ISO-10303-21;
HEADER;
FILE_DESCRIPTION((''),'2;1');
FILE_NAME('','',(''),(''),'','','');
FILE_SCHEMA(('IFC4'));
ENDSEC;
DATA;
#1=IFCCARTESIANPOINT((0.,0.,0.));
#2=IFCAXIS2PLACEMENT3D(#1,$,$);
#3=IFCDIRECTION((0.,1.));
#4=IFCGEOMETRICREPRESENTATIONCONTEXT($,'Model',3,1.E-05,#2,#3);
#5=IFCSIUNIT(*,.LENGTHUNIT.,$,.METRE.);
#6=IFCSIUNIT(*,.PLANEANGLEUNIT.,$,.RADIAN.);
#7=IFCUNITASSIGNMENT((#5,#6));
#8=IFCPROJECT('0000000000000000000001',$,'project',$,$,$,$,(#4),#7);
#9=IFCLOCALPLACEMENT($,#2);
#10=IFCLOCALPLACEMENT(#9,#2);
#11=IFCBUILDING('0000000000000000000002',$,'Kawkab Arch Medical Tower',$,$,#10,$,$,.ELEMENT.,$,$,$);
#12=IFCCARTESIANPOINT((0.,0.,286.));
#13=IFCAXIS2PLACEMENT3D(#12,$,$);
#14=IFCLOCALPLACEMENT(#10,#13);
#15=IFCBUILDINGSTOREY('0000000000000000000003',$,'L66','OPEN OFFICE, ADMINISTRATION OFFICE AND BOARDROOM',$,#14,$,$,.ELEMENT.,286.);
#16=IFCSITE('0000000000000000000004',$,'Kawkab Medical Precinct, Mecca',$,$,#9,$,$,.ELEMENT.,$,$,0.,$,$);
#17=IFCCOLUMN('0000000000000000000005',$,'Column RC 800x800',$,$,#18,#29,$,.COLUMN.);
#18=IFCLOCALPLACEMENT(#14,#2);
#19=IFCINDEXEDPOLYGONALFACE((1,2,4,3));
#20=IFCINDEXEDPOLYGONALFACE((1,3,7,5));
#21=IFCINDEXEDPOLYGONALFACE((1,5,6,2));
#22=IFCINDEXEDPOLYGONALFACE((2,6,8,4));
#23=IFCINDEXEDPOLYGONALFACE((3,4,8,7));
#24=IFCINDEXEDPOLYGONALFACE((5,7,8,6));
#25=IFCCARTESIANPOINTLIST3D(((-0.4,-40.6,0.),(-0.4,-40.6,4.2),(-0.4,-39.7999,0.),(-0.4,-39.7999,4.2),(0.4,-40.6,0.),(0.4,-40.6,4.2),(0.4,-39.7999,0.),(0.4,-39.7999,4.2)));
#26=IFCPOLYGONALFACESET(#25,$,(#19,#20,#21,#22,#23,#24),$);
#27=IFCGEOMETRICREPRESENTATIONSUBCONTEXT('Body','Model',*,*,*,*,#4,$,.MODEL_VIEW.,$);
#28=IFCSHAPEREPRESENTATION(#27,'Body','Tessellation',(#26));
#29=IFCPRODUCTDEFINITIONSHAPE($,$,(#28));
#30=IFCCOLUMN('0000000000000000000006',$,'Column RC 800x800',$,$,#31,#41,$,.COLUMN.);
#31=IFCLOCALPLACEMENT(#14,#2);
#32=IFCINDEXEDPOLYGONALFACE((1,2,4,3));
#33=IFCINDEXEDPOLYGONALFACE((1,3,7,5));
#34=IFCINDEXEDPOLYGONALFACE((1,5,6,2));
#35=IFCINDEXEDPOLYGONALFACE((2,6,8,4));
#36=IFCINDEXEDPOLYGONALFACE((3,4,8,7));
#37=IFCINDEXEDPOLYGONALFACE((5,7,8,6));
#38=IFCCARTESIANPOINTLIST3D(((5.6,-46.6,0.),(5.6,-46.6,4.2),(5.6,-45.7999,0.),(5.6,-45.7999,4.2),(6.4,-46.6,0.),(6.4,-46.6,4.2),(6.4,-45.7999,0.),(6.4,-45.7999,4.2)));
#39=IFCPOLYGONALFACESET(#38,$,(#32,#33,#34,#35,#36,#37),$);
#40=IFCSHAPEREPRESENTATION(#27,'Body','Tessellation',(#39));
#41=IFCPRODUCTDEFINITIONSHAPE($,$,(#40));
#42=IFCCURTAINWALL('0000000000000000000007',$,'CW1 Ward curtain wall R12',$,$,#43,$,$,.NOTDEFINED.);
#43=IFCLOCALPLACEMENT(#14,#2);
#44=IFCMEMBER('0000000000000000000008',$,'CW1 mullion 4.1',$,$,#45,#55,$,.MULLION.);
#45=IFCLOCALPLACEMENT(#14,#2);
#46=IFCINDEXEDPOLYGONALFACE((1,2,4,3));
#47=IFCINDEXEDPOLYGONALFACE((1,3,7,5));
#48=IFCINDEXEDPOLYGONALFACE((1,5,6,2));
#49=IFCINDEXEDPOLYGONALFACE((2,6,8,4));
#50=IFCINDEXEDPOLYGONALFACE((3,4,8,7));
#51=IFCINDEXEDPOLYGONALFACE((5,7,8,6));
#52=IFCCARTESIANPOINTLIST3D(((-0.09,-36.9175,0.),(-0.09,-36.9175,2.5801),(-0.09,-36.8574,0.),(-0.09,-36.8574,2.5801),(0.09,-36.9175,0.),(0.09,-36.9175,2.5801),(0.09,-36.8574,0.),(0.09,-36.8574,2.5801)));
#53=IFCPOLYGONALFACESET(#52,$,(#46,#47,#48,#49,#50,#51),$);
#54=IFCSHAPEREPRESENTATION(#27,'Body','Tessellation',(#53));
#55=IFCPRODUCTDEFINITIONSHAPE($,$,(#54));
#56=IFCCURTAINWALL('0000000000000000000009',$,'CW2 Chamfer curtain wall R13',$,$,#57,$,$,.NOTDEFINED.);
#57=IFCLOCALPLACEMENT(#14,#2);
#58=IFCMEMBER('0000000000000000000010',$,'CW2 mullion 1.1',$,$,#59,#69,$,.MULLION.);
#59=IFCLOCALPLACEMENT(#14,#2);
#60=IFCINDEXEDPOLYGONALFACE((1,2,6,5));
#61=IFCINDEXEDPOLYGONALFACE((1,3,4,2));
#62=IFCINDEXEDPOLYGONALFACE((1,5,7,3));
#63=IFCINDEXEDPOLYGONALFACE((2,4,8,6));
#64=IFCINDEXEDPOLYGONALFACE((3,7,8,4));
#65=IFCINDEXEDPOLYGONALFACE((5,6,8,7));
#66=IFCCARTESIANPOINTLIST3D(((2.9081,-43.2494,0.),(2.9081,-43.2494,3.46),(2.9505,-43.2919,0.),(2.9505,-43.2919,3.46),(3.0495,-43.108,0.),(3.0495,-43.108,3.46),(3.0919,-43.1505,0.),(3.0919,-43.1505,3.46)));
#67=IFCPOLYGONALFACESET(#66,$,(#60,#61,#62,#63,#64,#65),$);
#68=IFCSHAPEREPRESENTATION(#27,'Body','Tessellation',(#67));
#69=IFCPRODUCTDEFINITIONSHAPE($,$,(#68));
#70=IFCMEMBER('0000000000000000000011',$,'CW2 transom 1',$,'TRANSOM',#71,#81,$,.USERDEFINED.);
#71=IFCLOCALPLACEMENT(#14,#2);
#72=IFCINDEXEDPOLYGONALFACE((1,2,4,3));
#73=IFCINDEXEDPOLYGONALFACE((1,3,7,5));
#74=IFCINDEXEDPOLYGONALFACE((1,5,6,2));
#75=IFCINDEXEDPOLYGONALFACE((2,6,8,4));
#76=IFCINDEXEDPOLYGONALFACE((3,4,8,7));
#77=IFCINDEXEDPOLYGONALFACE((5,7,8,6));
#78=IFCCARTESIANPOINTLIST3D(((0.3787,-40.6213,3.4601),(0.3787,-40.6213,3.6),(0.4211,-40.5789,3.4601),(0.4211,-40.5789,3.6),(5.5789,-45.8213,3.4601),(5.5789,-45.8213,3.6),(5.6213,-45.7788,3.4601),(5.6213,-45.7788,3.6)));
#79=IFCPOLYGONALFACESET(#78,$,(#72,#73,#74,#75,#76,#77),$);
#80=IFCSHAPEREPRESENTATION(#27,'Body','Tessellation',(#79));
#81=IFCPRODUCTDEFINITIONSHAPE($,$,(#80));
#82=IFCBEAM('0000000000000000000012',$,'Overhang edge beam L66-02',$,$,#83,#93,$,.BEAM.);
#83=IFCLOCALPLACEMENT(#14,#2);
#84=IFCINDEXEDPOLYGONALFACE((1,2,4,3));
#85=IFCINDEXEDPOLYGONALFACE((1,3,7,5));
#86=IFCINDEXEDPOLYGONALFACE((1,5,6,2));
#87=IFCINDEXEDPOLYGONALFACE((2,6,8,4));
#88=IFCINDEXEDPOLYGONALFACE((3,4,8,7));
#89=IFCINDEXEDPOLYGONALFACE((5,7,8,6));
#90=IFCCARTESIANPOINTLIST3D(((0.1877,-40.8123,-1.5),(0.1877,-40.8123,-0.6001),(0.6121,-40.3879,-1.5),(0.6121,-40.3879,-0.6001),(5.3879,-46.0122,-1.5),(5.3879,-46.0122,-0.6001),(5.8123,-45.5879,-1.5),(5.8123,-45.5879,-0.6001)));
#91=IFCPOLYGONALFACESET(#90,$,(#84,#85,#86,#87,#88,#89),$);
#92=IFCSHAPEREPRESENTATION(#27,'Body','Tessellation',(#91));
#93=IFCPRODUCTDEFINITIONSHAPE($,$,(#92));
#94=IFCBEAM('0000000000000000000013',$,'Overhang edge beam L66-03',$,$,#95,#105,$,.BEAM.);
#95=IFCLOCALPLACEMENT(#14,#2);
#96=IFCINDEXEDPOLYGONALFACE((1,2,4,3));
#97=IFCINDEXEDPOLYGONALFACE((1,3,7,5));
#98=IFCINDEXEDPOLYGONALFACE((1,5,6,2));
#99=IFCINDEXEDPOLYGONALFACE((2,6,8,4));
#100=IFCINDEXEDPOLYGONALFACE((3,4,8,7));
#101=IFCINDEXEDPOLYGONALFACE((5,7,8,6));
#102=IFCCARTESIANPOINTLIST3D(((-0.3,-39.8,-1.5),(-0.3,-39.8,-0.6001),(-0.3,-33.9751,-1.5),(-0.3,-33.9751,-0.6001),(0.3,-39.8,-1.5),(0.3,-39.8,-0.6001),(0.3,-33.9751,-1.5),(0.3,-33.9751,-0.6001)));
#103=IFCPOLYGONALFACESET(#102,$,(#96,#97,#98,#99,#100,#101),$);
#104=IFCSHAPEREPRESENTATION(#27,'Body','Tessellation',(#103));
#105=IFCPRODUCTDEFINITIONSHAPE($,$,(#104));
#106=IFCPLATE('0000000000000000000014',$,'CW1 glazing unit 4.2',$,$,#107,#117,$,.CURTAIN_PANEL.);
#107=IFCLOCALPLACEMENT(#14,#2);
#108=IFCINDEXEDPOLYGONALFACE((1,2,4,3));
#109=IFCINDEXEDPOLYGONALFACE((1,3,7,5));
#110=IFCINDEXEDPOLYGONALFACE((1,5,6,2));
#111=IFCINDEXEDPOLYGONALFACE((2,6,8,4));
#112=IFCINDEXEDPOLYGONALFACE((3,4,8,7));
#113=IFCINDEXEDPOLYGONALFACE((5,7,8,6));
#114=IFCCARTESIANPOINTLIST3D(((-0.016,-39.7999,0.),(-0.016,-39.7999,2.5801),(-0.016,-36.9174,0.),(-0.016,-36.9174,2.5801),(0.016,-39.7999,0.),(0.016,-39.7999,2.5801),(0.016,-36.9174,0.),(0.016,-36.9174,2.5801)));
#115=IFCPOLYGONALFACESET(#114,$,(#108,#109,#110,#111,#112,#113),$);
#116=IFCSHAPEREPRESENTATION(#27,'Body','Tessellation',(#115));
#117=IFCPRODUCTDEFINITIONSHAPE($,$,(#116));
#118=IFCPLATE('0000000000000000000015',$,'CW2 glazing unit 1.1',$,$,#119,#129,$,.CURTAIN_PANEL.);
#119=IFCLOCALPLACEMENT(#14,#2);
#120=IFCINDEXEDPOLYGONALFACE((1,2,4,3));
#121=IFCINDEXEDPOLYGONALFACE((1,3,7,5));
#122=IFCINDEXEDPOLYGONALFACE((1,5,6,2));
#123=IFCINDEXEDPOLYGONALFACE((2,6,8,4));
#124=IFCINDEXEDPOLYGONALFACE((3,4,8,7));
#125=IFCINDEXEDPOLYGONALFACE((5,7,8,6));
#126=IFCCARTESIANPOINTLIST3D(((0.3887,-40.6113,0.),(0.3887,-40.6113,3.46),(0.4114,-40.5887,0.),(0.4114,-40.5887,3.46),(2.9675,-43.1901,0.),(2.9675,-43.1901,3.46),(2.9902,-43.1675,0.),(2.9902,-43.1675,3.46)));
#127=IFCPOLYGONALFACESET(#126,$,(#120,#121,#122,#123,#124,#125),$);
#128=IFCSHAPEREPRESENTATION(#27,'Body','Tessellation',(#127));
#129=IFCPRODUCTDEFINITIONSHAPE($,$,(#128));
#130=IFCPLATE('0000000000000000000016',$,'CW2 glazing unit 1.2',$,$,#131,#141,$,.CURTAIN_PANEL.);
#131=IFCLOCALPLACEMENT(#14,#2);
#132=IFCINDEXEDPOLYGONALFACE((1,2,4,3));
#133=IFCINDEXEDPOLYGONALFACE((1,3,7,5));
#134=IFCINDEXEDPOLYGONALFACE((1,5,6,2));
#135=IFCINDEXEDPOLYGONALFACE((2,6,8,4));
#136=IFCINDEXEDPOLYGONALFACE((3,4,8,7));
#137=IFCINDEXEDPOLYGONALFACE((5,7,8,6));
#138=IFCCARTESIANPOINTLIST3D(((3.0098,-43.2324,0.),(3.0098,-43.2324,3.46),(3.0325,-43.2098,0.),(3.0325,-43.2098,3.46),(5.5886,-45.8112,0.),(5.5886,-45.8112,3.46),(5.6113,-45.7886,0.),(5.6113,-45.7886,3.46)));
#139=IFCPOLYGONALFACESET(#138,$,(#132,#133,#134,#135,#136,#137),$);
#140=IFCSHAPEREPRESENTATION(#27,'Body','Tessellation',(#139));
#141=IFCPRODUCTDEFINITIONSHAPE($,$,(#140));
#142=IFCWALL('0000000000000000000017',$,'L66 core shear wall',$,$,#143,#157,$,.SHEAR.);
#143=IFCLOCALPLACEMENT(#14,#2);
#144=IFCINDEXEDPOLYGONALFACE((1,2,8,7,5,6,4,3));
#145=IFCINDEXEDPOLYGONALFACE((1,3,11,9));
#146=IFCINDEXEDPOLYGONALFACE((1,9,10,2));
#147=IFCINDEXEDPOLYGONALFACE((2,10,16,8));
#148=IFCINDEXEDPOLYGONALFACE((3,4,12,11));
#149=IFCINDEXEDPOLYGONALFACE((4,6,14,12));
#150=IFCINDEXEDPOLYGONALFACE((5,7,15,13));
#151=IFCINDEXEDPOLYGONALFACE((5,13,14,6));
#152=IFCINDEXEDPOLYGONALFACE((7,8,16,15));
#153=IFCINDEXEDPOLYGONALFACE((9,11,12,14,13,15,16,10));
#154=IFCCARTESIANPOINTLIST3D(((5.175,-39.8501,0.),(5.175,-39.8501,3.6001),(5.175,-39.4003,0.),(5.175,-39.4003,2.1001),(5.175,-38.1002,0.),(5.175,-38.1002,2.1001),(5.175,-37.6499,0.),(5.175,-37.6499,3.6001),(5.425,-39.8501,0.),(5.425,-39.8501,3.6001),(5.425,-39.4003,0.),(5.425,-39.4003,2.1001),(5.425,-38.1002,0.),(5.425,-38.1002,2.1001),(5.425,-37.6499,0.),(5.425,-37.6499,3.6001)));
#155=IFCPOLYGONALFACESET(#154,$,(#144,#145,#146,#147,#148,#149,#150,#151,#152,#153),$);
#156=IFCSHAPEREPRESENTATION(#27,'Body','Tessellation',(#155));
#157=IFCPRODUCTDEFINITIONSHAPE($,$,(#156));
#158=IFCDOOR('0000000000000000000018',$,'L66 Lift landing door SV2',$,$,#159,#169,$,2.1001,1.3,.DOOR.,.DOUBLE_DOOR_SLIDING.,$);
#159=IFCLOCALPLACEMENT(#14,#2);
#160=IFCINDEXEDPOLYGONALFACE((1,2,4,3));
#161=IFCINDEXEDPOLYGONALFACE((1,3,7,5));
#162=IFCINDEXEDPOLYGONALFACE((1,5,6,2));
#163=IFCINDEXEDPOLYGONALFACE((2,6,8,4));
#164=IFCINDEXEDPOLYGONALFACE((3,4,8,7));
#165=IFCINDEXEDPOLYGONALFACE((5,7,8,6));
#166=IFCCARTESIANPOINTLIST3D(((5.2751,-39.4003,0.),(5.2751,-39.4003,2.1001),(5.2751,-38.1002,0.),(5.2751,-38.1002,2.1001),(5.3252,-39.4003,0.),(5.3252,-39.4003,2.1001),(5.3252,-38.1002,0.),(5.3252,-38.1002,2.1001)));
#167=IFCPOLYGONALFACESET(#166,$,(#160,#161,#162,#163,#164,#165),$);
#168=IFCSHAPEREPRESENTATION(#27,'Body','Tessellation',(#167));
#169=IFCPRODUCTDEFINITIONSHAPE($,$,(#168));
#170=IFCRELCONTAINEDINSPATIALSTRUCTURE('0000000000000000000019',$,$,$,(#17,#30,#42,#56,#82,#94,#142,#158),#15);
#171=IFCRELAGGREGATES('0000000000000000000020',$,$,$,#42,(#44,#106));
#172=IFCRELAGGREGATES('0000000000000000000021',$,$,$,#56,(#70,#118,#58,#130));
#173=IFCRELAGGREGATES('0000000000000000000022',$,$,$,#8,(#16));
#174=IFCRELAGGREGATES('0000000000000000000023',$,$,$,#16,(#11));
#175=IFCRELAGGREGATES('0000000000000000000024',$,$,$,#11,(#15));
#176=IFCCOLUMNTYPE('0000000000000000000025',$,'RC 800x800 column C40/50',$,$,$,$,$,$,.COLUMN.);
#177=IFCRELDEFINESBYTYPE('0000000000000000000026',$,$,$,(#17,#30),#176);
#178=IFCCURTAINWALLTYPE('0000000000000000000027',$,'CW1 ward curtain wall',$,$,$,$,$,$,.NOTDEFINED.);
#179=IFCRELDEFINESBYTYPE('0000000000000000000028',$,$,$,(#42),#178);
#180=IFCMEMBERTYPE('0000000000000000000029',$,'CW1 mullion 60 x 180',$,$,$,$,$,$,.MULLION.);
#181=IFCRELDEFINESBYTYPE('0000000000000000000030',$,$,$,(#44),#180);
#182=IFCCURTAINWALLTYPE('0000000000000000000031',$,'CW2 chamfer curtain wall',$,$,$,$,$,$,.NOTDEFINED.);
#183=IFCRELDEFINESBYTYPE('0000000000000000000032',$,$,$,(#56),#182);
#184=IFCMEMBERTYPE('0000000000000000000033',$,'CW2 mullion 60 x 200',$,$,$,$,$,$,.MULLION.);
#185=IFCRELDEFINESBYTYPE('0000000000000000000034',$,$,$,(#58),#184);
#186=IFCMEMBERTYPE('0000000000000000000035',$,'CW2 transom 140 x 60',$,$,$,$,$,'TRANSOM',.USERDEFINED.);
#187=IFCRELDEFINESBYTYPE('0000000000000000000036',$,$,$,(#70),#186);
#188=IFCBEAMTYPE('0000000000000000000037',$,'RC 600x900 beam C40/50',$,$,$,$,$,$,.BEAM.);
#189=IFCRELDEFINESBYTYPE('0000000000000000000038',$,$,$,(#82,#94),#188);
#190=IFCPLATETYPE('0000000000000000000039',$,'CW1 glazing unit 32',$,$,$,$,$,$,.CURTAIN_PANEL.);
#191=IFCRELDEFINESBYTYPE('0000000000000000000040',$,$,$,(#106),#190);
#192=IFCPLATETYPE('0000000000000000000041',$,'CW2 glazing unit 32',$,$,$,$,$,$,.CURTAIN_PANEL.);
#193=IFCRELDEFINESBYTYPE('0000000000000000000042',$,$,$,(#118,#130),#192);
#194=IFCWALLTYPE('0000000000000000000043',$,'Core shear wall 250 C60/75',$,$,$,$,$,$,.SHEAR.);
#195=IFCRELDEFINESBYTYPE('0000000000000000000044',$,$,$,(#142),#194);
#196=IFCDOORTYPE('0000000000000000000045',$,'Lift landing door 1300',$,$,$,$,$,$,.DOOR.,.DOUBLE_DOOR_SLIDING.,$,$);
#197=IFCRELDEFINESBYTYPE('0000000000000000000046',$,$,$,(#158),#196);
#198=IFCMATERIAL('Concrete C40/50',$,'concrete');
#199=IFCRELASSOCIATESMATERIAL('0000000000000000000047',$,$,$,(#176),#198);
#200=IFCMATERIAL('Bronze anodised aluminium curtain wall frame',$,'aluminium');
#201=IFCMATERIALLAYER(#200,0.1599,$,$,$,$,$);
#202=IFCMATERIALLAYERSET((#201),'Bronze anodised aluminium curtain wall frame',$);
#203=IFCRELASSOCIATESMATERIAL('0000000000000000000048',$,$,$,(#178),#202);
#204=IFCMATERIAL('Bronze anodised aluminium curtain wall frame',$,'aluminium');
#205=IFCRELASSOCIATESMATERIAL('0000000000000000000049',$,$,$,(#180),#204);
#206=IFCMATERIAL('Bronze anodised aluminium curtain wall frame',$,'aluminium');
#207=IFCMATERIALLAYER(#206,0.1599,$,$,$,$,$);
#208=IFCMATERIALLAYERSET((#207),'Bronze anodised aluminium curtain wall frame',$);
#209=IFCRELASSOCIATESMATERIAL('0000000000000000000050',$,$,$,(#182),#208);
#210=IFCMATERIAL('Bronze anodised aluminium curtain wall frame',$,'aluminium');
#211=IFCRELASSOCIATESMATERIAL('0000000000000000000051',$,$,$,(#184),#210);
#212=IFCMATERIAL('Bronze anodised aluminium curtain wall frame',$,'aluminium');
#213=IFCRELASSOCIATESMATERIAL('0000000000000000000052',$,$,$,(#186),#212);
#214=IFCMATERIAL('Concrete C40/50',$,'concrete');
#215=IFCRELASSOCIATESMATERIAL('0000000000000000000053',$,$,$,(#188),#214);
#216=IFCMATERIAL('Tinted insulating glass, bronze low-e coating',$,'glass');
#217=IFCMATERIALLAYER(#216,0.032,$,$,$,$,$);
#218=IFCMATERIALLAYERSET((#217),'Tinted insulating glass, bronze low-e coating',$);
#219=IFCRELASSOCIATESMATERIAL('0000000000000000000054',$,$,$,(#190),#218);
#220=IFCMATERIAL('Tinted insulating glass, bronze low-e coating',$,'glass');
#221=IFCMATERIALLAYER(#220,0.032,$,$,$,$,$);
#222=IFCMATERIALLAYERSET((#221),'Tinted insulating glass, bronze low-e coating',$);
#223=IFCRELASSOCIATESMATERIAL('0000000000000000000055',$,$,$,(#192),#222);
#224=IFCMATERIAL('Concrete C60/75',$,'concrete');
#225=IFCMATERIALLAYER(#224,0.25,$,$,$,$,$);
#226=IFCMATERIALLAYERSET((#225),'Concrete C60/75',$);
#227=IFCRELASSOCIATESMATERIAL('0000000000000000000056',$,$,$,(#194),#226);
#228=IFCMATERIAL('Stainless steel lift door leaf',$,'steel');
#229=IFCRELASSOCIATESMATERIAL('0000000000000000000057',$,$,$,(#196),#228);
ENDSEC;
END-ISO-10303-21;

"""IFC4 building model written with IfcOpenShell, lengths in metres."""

from ifc_helpers import new_model, si_unit, direction, frame, frame_2d, origin, origin_2d, place, context, subcontext, project, spatial, rectangle, extrude, material, layer, layer_set, material_profile, profile_set, type_object, element, fill, aggregate, save


model = new_model("IFC4")

# Units and contexts
model_context = context("Model", 3, precision=1e-05, world=origin(), true_north=direction((0.0, 1.0)))
body_context = subcontext(model_context, "Body", "Model", "MODEL_VIEW")
ifc_project = project(units=[si_unit("LENGTHUNIT", "METRE"), si_unit("PLANEANGLEUNIT", "RADIAN")], contexts=[model_context])

# Site, building, storey
site_placement = place(None, origin())
site = spatial("IfcSite", under=ifc_project, at=site_placement, Name="Kawkab Medical Precinct, Mecca", CompositionType="ELEMENT", RefElevation=0.0)
building_placement = place(site_placement, origin())
building = spatial("IfcBuilding", under=site, at=building_placement, Name="Kawkab Arch Medical Tower", CompositionType="ELEMENT")
storey_placement = place(building_placement, frame((0.0, 0.0, 286.0)))
storey = spatial("IfcBuildingStorey", under=building, at=storey_placement, Name="L66", Description="OPEN OFFICE, ADMINISTRATION OFFICE AND BOARDROOM", CompositionType="ELEMENT", Elevation=286.0)

# Columns
ifc_material_1 = material(Name="Concrete C40/50", Category="concrete")
ifc_material_profile_1 = material_profile(ifc_material_1, rectangle(XDim=0.8, YDim=0.8, at=origin_2d()), Name="RC 800x800")
ifc_profile_set_1 = profile_set([ifc_material_profile_1], Name="Concrete C40/50")
column_type = type_object("IfcColumnType", Name="RC 800x800 column C40/50", PredefinedType="COLUMN", material=ifc_profile_set_1)
for number, where, z_axis, x_axis, name in (
    (1, (0.0, -40.2, 0.0), (0.0, 0.0, 1.0), (1.0, 0.0, 0.0), "Column RC 800x800"),
    (2, (6.0, -46.2, 0.0), (0.0, 0.0, 1.0), (1.0, 0.0, 0.0), "Column RC 800x800"),
):
    element("IfcColumn", number, at=place(storey_placement, frame(where, z_axis=z_axis, x_axis=x_axis)), inside=storey, type_object=column_type, Name=name, PredefinedType="COLUMN", context=body_context, shape_type="SweptSolid", body=[
        extrude(rectangle(XDim=0.8, YDim=0.8, at=origin_2d()), origin(), (0.0, 0.0, 1.0), 4.2),
    ])

# Curtain wall, member
ifc_material_2 = material(Name="Bronze anodised aluminium curtain wall frame", Category="aluminium")
ifc_layer_1 = layer(ifc_material_2, 0.1599)
ifc_layer_set_1 = layer_set([ifc_layer_1], Name="Bronze anodised aluminium curtain wall frame")
curtain_wall_type_1 = type_object("IfcCurtainWallType", Name="CW1 ward curtain wall", PredefinedType="NOTDEFINED", material=ifc_layer_set_1)
placement = place(storey_placement, origin())
curtain_wall_1 = element("IfcCurtainWall", 3, at=placement, inside=storey, type_object=curtain_wall_type_1, Name="CW1 Ward curtain wall R12", PredefinedType="NOTDEFINED")
ifc_material_3 = material(Name="Bronze anodised aluminium curtain wall frame", Category="aluminium")
ifc_material_profile_2 = material_profile(ifc_material_3, rectangle(XDim=0.1799, YDim=0.0601, at=origin_2d()), Name="AL 60x180")
ifc_profile_set_2 = profile_set([ifc_material_profile_2], Name="Bronze anodised aluminium curtain wall frame")
member_type_1 = type_object("IfcMemberType", Name="CW1 mullion 60 x 180", PredefinedType="MULLION", material=ifc_profile_set_2)
member_1_placement = place(storey_placement, frame((0.0, -36.8875, 0.0), z_axis=(0.0, 0.0, 1.0), x_axis=(1.0, 0.0, 0.0)))
member_1 = element("IfcMember", 4, at=member_1_placement, type_object=member_type_1, Name="CW1 mullion 4.1", PredefinedType="MULLION", context=body_context, shape_type="SweptSolid", body=[
    extrude(rectangle(XDim=0.1799, YDim=0.0601, at=origin_2d()), origin(), (0.0, 0.0, 1.0), 2.5801),
])

# Curtain wall, members
ifc_material_4 = material(Name="Bronze anodised aluminium curtain wall frame", Category="aluminium")
ifc_layer_2 = layer(ifc_material_4, 0.1599)
ifc_layer_set_2 = layer_set([ifc_layer_2], Name="Bronze anodised aluminium curtain wall frame")
curtain_wall_type_2 = type_object("IfcCurtainWallType", Name="CW2 chamfer curtain wall", PredefinedType="NOTDEFINED", material=ifc_layer_set_2)
curtain_wall_2 = element("IfcCurtainWall", 5, at=placement, inside=storey, type_object=curtain_wall_type_2, Name="CW2 Chamfer curtain wall R13", PredefinedType="NOTDEFINED")
ifc_material_5 = material(Name="Bronze anodised aluminium curtain wall frame", Category="aluminium")
ifc_material_profile_3 = material_profile(ifc_material_5, rectangle(XDim=0.2, YDim=0.0601, at=origin_2d()), Name="AL 60x200")
ifc_profile_set_3 = profile_set([ifc_material_profile_3], Name="Bronze anodised aluminium curtain wall frame")
member_type_2 = type_object("IfcMemberType", Name="CW2 mullion 60 x 200", PredefinedType="MULLION", material=ifc_profile_set_3)
member_2_placement = place(storey_placement, frame((3.0, -43.2, 0.0), z_axis=(0.0, 0.0, 1.0), x_axis=(0.707107, 0.707107, 0.0)))
member_2 = element("IfcMember", 6, at=member_2_placement, type_object=member_type_2, Name="CW2 mullion 1.1", PredefinedType="MULLION", context=body_context, shape_type="SweptSolid", body=[
    extrude(rectangle(XDim=0.2, YDim=0.0601, at=origin_2d()), origin(), (0.0, 0.0, 1.0), 3.46),
])
ifc_material_6 = material(Name="Bronze anodised aluminium curtain wall frame", Category="aluminium")
ifc_material_profile_4 = material_profile(ifc_material_6, rectangle(XDim=0.0601, YDim=0.1399, at=origin_2d()), Name="AL 60x140")
ifc_profile_set_4 = profile_set([ifc_material_profile_4], Name="Bronze anodised aluminium curtain wall frame")
member_type_3 = type_object("IfcMemberType", Name="CW2 transom 140 x 60", ElementType="TRANSOM", PredefinedType="USERDEFINED", material=ifc_profile_set_4)
member_3_placement = place(storey_placement, frame((0.3999, -40.6001, 3.53), z_axis=(0.707123, -0.70709, 0.0), x_axis=(0.70709, 0.707123, 0.0)))
member_3 = element("IfcMember", 7, at=member_3_placement, type_object=member_type_3, Name="CW2 transom 1", ObjectType="TRANSOM", PredefinedType="USERDEFINED", context=body_context, shape_type="SweptSolid", body=[
    extrude(rectangle(XDim=0.0601, YDim=0.1399, at=origin_2d()), origin(), (0.0, 0.0, 1.0), 7.354),
])

# Beams
ifc_material_7 = material(Name="Concrete C40/50", Category="concrete")
ifc_material_profile_5 = material_profile(ifc_material_7, rectangle(XDim=0.6001, YDim=0.8999, at=origin_2d()), Name="RC 600x900")
ifc_profile_set_5 = profile_set([ifc_material_profile_5], Name="Concrete C40/50")
beam_type = type_object("IfcBeamType", Name="RC 600x900 beam C40/50", PredefinedType="BEAM", material=ifc_profile_set_5)
beam_1_placement = place(storey_placement, frame((5.6001, -45.8, -1.05), z_axis=(-0.707123, 0.70709, 0.0), x_axis=(-0.70709, -0.707123, 0.0)))
element("IfcBeam", 8, at=beam_1_placement, inside=storey, type_object=beam_type, Name="Overhang edge beam L66-02", PredefinedType="BEAM", context=body_context, shape_type="SweptSolid", body=[
    extrude(rectangle(XDim=0.6001, YDim=0.8999, at=origin_2d()), origin(), (0.0, 0.0, 1.0), 7.354),
])
beam_2_placement = place(storey_placement, frame((0.0, -39.8, -1.05), z_axis=(0.0, 1.0, 0.0), x_axis=(-1.0, 0.0, 0.0)))
element("IfcBeam", 9, at=beam_2_placement, inside=storey, type_object=beam_type, Name="Overhang edge beam L66-03", PredefinedType="BEAM", context=body_context, shape_type="SweptSolid", body=[
    extrude(rectangle(XDim=0.6001, YDim=0.8999, at=origin_2d()), origin(), (0.0, 0.0, 1.0), 5.825),
])

# Plates
ifc_material_8 = material(Name="Tinted insulating glass, bronze low-e coating", Category="glass")
ifc_layer_3 = layer(ifc_material_8, 0.032)
ifc_layer_set_3 = layer_set([ifc_layer_3], Name="Tinted insulating glass, bronze low-e coating")
plate_type_1 = type_object("IfcPlateType", Name="CW1 glazing unit 32", PredefinedType="CURTAIN_PANEL", material=ifc_layer_set_3)
plate_1_placement = place(storey_placement, frame((0.0, -38.3586, 0.0), z_axis=(0.0, 0.0, 1.0), x_axis=(0.0, -1.0, 0.0)))
plate_1 = element("IfcPlate", 10, at=plate_1_placement, type_object=plate_type_1, Name="CW1 glazing unit 4.2", PredefinedType="CURTAIN_PANEL", context=body_context, shape_type="SweptSolid", body=[
    extrude(rectangle(XDim=2.8826, YDim=0.032, at=origin_2d()), origin(), (0.0, 0.0, 1.0), 2.5801),
])
aggregate(curtain_wall_1, [member_1, plate_1])
ifc_material_9 = material(Name="Tinted insulating glass, bronze low-e coating", Category="glass")
ifc_layer_4 = layer(ifc_material_9, 0.032)
ifc_layer_set_4 = layer_set([ifc_layer_4], Name="Tinted insulating glass, bronze low-e coating")
plate_type_2 = type_object("IfcPlateType", Name="CW2 glazing unit 32", PredefinedType="CURTAIN_PANEL", material=ifc_layer_set_4)
plate_2_placement = place(storey_placement, frame((1.6895, -41.8894, 0.0), z_axis=(0.0, 0.0, 1.0), x_axis=(0.707107, -0.707107, 0.0)))
plate_2 = element("IfcPlate", 11, at=plate_2_placement, type_object=plate_type_2, Name="CW2 glazing unit 1.1", PredefinedType="CURTAIN_PANEL", context=body_context, shape_type="SweptSolid", body=[
    extrude(rectangle(XDim=3.647, YDim=0.032, at=origin_2d()), origin(), (0.0, 0.0, 1.0), 3.46),
])
plate_3_placement = place(storey_placement, frame((4.3105, -44.5105, 0.0), z_axis=(0.0, 0.0, 1.0), x_axis=(0.707107, -0.707107, 0.0)))
plate_3 = element("IfcPlate", 12, at=plate_3_placement, type_object=plate_type_2, Name="CW2 glazing unit 1.2", PredefinedType="CURTAIN_PANEL", context=body_context, shape_type="SweptSolid", body=[
    extrude(rectangle(XDim=3.647, YDim=0.032, at=origin_2d()), origin(), (0.0, 0.0, 1.0), 3.46),
])
aggregate(curtain_wall_2, [member_3, plate_2, member_2, plate_3])

# Wall, opening, door
ifc_material_10 = material(Name="Concrete C60/75", Category="concrete")
ifc_layer_5 = layer(ifc_material_10, 0.25)
ifc_layer_set_5 = layer_set([ifc_layer_5], Name="Concrete C60/75")
wall_type_1 = type_object("IfcWallType", Name="Core shear wall 250 C60/75", PredefinedType="SHEAR", material=ifc_layer_set_5)
wall_1_placement = place(storey_placement, frame((5.3, -39.8501, 0.0), z_axis=(0.0, 0.0, 1.0), x_axis=(0.0, 1.0, 0.0)))
wall_1 = element("IfcWall", 13, at=wall_1_placement, inside=storey, type_object=wall_type_1, Name="L66 core shear wall", PredefinedType="SHEAR", context=body_context, shape_type="SweptSolid", body=[
    extrude(rectangle(XDim=2.2002, YDim=0.25, at=frame_2d((1.1001, 0.0))), origin(), (0.0, 0.0, 1.0), 3.6001),
])
opening_1_placement = place(wall_1_placement, frame((0.45, 0.0, 0.0)))
opening_1 = element("IfcOpeningElement", 14, at=opening_1_placement, cuts=wall_1, PredefinedType="OPENING", context=body_context, shape_type="SweptSolid", body=[
    extrude(rectangle(XDim=1.3, YDim=2.1001, at=frame_2d((0.6499, 1.05))), frame((0.0, 0.135, 0.0), z_axis=(0.0, -1.0, 0.0), x_axis=(1.0, 0.0, 0.0)), (0.0, 0.0, 1.0), 0.27),
])
ifc_material_11 = material(Name="Stainless steel lift door leaf", Category="steel")
door_type_1 = type_object("IfcDoorType", Name="Lift landing door 1300", OperationType="DOUBLE_DOOR_SLIDING", PredefinedType="DOOR", material=ifc_material_11)
door_1_placement = place(opening_1_placement, origin())
door_1 = element("IfcDoor", 15, at=door_1_placement, inside=storey, type_object=door_type_1, Name="L66 Lift landing door SV2", OperationType="DOUBLE_DOOR_SLIDING", OverallHeight=2.1001, OverallWidth=1.3, PredefinedType="DOOR", context=body_context, shape_type="SweptSolid", body=[
    extrude(rectangle(XDim=1.3, YDim=2.1001, at=frame_2d((0.6499, 1.05))), frame((0.0, 0.0249, 0.0), z_axis=(0.0, -1.0, 0.0), x_axis=(1.0, 0.0, 0.0)), (0.0, 0.0, 1.0), 0.05),
])
fill(opening_1, door_1)

save(model, "model.ifc")
